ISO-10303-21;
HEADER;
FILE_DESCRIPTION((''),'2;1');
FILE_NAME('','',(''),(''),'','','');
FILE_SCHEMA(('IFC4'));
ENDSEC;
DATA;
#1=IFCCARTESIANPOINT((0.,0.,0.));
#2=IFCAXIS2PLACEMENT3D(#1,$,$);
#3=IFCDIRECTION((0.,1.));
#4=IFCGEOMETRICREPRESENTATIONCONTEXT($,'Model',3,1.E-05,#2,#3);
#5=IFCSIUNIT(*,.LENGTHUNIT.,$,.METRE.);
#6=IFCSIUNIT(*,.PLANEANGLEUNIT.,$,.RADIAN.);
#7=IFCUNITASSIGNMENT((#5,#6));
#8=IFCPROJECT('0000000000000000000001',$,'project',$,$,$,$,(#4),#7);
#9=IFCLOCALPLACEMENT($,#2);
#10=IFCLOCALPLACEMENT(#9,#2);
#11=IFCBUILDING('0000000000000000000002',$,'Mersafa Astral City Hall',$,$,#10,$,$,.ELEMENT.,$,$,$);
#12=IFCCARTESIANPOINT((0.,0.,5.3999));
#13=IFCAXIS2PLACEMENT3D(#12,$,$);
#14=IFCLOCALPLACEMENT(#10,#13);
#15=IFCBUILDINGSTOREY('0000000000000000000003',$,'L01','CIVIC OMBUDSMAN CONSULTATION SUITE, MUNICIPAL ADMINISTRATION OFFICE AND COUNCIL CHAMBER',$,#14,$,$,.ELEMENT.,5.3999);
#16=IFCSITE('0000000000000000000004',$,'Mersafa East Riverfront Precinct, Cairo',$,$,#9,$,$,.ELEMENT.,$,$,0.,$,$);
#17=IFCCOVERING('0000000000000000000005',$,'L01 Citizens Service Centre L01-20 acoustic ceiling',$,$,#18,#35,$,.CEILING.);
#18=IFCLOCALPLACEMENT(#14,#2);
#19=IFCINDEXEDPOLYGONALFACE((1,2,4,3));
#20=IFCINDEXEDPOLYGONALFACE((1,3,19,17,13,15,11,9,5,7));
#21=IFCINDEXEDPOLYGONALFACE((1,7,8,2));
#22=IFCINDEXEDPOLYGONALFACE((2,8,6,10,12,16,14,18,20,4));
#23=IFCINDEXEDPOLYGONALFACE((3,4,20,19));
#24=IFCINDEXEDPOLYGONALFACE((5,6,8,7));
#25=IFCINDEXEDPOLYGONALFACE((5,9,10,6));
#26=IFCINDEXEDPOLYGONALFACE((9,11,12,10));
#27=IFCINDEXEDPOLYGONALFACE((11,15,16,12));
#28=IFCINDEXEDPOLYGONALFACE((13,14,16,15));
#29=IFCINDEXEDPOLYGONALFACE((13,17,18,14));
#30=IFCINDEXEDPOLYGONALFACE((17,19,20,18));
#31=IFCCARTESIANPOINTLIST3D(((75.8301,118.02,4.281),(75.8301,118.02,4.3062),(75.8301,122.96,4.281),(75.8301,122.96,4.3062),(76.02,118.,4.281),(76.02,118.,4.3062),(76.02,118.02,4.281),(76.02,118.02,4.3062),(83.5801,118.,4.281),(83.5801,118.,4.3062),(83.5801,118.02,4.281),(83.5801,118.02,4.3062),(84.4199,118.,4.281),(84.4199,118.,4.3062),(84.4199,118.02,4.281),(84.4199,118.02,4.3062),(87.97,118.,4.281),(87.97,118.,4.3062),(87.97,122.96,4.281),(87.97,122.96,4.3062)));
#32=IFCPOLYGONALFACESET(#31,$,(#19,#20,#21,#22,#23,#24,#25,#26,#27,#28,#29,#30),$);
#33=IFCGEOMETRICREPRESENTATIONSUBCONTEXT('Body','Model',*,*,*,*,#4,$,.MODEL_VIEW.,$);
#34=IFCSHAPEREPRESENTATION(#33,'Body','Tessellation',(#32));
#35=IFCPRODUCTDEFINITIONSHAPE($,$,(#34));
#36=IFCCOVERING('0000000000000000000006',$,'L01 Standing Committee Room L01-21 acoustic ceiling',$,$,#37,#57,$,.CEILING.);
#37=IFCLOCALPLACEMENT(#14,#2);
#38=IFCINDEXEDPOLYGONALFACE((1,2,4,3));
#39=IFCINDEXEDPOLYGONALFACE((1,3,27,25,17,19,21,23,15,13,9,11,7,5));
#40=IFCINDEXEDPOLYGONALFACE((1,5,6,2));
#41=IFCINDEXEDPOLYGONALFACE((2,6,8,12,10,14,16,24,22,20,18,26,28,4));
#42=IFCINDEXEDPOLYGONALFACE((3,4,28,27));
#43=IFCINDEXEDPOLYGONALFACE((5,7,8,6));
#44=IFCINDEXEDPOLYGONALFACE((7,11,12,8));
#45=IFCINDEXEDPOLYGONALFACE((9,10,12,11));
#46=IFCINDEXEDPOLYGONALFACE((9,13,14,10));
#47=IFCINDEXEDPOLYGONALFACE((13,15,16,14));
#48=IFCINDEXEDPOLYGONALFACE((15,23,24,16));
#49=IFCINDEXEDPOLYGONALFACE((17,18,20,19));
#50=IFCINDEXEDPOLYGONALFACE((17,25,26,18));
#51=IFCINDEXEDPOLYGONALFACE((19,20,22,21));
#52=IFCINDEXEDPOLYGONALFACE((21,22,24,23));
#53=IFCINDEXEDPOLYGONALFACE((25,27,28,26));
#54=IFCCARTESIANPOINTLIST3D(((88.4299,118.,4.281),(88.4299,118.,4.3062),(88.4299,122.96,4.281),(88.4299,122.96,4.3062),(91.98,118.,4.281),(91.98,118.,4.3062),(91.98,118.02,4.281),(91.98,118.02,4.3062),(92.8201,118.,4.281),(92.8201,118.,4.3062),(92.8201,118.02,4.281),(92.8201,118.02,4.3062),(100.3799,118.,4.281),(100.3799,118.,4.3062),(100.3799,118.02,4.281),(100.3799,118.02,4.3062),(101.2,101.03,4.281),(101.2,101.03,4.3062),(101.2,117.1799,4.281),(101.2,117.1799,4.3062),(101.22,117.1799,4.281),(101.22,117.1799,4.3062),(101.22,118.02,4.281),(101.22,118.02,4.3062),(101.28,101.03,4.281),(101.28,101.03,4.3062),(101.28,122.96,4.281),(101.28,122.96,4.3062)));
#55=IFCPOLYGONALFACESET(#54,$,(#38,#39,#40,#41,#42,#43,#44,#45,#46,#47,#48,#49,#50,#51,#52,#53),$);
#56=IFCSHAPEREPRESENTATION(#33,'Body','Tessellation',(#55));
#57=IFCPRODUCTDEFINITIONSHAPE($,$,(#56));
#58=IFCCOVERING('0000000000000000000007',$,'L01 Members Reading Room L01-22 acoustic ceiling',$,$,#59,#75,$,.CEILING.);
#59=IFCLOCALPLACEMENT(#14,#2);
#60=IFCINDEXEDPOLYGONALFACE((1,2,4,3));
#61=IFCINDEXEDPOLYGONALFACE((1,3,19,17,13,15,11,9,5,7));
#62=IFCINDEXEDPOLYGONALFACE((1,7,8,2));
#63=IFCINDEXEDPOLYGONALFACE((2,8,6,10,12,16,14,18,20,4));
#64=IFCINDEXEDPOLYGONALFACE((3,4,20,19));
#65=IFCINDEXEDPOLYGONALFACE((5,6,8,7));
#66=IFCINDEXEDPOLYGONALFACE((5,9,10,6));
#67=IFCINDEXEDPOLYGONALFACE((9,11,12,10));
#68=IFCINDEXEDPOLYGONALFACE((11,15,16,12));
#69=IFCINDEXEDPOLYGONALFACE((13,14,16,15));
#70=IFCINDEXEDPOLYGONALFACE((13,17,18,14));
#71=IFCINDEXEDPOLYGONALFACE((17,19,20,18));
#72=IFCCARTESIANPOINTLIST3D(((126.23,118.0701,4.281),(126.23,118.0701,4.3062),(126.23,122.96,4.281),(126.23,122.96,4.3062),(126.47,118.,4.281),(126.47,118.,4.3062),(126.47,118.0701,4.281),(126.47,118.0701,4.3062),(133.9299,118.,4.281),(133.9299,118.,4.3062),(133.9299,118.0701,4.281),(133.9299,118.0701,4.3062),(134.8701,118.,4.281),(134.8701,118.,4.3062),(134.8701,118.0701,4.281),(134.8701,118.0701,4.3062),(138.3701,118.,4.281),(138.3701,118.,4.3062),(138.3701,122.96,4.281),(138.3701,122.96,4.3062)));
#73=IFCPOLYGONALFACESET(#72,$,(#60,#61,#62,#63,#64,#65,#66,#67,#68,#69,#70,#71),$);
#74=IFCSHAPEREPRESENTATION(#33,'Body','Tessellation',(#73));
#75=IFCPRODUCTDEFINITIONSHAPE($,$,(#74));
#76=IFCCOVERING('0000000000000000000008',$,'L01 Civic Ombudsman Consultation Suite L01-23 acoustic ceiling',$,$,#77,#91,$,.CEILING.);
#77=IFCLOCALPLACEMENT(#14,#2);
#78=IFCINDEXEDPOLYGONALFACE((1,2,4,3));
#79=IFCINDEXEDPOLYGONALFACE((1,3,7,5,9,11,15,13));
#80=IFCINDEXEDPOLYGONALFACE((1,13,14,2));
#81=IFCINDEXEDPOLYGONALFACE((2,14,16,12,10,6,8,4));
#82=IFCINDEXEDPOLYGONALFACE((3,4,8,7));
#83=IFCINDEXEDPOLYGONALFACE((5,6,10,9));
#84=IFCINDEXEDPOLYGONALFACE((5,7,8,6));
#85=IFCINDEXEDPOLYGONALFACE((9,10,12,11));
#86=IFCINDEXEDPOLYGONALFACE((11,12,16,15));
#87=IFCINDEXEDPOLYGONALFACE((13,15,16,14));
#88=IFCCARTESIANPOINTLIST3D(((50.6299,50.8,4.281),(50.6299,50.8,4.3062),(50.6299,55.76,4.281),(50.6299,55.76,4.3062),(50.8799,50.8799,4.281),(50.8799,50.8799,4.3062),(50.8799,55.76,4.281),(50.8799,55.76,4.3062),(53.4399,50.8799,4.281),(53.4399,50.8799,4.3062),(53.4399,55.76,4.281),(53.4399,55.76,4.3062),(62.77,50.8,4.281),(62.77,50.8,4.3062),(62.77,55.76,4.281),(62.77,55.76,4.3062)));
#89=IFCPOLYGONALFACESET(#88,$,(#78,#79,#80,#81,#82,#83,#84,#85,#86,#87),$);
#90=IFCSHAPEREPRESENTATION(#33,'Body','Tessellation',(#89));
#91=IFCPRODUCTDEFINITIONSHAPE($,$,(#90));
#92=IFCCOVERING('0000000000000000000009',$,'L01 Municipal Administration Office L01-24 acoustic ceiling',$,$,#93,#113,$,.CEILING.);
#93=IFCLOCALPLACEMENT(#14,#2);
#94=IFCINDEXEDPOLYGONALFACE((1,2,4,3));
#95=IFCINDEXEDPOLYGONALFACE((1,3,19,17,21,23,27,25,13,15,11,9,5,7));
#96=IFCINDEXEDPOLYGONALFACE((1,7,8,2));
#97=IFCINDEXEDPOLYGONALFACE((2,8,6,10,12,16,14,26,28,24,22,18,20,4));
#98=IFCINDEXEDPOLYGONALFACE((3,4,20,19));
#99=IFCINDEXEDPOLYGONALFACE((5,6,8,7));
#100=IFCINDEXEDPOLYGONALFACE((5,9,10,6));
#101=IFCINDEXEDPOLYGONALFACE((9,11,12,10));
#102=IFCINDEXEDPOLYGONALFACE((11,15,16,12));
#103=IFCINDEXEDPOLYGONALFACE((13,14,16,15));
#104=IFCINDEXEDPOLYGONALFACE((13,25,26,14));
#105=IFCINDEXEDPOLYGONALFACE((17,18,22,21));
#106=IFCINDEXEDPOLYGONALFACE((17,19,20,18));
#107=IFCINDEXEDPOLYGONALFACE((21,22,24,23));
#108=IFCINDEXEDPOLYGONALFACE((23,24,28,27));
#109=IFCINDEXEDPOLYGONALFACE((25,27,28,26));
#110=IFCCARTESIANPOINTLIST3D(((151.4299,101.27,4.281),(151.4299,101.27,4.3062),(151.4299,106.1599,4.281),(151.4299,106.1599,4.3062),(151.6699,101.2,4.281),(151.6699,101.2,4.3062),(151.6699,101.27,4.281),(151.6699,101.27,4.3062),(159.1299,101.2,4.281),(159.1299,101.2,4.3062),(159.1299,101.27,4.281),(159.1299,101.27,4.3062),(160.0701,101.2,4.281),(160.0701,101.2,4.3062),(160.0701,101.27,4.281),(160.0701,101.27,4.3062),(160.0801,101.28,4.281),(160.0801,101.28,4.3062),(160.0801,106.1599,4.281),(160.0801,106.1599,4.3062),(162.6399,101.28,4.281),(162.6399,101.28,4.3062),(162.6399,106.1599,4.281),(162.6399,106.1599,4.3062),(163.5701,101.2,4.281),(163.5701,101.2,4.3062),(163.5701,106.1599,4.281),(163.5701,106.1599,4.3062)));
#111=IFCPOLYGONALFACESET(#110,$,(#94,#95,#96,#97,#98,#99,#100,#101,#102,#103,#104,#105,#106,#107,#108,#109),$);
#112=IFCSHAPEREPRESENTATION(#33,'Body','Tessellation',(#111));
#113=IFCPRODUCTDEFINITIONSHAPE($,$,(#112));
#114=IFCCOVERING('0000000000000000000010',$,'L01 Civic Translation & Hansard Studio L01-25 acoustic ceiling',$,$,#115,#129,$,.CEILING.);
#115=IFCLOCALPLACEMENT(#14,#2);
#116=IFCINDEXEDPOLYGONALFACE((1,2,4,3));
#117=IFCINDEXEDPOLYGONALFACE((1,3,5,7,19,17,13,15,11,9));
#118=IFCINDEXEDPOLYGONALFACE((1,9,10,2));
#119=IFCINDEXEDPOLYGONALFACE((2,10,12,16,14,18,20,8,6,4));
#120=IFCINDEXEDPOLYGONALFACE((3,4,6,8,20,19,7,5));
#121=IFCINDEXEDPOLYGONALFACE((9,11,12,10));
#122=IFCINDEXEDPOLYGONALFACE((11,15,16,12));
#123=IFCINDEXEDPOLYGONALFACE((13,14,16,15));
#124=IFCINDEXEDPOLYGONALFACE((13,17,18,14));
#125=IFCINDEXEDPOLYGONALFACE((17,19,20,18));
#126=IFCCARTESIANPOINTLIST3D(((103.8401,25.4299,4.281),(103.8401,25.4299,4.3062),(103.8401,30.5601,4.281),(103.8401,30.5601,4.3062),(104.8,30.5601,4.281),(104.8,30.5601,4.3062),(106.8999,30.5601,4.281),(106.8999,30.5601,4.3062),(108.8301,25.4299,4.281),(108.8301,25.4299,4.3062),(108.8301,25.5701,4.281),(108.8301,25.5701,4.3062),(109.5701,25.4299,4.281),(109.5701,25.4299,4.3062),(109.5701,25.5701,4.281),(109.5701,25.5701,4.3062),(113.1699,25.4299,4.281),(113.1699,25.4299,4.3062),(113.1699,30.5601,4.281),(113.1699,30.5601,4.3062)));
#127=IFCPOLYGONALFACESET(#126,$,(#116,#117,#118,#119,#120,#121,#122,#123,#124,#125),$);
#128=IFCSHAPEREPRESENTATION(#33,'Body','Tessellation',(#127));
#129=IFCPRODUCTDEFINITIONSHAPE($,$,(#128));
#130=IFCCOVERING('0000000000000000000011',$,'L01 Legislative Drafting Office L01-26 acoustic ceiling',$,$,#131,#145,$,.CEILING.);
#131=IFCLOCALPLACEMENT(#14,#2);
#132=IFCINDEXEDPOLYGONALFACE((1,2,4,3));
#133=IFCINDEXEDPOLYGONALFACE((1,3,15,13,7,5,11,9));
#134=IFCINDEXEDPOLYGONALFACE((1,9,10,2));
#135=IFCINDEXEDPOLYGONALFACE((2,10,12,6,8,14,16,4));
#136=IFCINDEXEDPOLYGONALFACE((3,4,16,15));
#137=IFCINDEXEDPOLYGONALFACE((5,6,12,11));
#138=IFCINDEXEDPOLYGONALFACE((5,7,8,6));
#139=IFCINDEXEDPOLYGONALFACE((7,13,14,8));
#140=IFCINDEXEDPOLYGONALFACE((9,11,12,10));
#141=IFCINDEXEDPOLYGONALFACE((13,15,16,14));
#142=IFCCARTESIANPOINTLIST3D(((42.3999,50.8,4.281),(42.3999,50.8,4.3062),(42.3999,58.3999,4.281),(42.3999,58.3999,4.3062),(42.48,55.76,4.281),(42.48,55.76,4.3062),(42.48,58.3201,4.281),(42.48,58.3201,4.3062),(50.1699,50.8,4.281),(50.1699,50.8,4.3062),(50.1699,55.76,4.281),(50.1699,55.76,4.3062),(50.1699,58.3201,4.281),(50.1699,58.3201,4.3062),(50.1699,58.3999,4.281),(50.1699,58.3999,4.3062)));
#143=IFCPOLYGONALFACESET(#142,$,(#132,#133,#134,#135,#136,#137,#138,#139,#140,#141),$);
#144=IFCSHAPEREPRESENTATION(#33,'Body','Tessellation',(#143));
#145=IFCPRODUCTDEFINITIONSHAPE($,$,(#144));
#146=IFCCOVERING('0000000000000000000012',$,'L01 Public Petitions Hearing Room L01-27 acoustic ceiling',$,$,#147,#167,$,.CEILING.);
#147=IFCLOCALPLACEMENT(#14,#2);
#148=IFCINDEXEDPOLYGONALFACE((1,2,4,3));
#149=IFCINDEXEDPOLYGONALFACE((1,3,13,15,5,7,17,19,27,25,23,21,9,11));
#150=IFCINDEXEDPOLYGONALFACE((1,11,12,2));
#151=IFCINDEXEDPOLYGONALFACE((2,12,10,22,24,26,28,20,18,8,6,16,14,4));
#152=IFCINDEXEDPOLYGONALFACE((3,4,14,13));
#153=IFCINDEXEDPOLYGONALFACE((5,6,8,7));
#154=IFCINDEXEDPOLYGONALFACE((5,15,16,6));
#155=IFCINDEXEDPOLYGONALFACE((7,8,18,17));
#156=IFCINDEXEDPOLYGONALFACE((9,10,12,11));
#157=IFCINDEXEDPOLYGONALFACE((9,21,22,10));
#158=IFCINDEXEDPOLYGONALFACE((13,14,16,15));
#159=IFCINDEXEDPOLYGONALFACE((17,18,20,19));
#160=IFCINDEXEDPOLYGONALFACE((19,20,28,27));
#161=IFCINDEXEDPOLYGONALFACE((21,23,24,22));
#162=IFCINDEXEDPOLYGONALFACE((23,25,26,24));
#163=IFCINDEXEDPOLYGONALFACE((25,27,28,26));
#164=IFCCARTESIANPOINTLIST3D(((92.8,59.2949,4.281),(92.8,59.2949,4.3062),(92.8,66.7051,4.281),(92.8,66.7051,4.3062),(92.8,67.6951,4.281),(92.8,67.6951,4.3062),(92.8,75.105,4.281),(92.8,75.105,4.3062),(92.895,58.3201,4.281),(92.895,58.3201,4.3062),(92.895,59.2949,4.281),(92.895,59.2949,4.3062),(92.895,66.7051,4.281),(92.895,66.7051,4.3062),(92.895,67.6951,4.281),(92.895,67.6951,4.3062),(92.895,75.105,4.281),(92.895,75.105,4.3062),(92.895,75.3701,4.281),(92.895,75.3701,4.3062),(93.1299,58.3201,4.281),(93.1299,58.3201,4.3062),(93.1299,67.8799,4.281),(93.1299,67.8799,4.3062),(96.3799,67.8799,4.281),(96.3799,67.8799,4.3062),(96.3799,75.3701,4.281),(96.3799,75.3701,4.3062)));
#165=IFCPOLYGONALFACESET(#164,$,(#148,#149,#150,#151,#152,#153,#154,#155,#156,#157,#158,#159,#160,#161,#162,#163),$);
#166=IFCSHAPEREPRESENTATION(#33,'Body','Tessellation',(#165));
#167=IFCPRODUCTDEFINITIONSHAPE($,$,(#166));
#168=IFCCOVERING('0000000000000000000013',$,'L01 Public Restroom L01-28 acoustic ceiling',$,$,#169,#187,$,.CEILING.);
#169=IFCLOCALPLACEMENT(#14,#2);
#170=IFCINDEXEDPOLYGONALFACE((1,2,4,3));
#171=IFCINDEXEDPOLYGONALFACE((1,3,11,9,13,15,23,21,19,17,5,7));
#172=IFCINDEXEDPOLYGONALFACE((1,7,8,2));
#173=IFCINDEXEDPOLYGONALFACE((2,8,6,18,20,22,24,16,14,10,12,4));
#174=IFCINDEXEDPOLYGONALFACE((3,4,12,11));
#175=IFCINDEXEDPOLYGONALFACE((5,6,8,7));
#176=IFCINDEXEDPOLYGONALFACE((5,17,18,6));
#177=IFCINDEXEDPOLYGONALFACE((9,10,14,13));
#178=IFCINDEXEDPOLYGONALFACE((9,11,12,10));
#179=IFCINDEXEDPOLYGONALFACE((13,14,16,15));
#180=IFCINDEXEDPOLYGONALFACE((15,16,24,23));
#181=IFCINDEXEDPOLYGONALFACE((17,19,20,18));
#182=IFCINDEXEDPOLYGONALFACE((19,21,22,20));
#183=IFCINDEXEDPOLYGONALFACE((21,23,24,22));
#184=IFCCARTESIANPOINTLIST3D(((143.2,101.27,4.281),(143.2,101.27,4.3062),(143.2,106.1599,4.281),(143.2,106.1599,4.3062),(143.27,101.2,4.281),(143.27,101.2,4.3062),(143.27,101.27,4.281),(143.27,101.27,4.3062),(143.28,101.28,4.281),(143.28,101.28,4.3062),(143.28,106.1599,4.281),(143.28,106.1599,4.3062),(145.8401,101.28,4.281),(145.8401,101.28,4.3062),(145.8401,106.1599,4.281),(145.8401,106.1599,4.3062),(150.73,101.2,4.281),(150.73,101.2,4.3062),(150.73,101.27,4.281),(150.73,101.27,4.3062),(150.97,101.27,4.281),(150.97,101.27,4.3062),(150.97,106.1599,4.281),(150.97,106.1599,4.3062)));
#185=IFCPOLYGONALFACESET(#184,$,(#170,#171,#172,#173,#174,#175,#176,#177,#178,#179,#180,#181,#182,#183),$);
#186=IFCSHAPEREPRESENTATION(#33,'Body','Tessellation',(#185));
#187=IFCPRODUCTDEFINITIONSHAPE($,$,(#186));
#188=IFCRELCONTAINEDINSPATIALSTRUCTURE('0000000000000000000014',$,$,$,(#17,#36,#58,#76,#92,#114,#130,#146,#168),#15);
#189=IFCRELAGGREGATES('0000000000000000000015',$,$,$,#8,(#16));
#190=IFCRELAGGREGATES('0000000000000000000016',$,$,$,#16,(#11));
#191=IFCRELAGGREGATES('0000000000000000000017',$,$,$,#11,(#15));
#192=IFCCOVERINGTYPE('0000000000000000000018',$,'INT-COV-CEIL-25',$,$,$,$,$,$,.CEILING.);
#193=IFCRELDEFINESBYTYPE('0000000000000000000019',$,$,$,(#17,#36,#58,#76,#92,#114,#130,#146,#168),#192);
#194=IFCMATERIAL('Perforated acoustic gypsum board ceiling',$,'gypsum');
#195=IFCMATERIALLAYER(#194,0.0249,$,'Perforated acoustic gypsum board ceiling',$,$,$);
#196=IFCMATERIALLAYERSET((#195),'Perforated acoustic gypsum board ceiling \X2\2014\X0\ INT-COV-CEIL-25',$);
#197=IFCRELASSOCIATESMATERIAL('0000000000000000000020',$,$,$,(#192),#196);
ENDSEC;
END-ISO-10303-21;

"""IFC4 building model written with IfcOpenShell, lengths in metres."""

from ifc_helpers import new_model, si_unit, direction, frame, origin, place, context, subcontext, project, spatial, polyline, outline, extrude, material, layer, layer_set, type_object, element, save


model = new_model("IFC4")

# Units and contexts
model_context = context("Model", 3, precision=1e-05, world=origin(), true_north=direction((0.0, 1.0)))
body_context = subcontext(model_context, "Body", "Model", "MODEL_VIEW")
ifc_project = project(units=[si_unit("LENGTHUNIT", "METRE"), si_unit("PLANEANGLEUNIT", "RADIAN")], contexts=[model_context])

# Site, building, storey
site_placement = place(None, origin())
site = spatial("IfcSite", under=ifc_project, at=site_placement, Name="Mersafa East Riverfront Precinct, Cairo", CompositionType="ELEMENT", RefElevation=0.0)
building_placement = place(site_placement, origin())
building = spatial("IfcBuilding", under=site, at=building_placement, Name="Mersafa Astral City Hall", CompositionType="ELEMENT")
storey_placement = place(building_placement, frame((0.0, 0.0, 5.3999)))
storey = spatial("IfcBuildingStorey", under=building, at=storey_placement, Name="L01", Description="CIVIC OMBUDSMAN CONSULTATION SUITE, MUNICIPAL ADMINISTRATION OFFICE AND COUNCIL CHAMBER", CompositionType="ELEMENT", Elevation=5.3999)

# Coverings
ifc_material_1 = material(Name="Perforated acoustic gypsum board ceiling", Category="gypsum")
ifc_layer_1 = layer(ifc_material_1, 0.0249, Name="Perforated acoustic gypsum board ceiling")
ifc_layer_set_1 = layer_set([ifc_layer_1], Name="Perforated acoustic gypsum board ceiling — INT-COV-CEIL-25")
covering_type_1 = type_object("IfcCoveringType", Name="INT-COV-CEIL-25", PredefinedType="CEILING", material=ifc_layer_set_1)
covering_1_placement = place(storey_placement, frame((0.0, 0.0, 4.281)))
element("IfcCovering", 1, at=covering_1_placement, inside=storey, type_object=covering_type_1, Name="L01 Citizens Service Centre L01-20 acoustic ceiling", PredefinedType="CEILING", context=body_context, shape_type="SweptSolid", body=[
    extrude(outline(polyline([(87.97, 122.96), (87.97, 118.0), (84.4199, 118.0), (84.4199, 118.02), (83.5801, 118.02), (83.5801, 118.0), (76.02, 118.0), (76.02, 118.02), (75.8301, 118.02), (75.8301, 122.96), (87.97, 122.96)])), origin(), (0.0, 0.0, 1.0), 0.0251),
])
covering_2_placement = place(storey_placement, frame((0.0, 0.0, 4.281)))
element("IfcCovering", 2, at=covering_2_placement, inside=storey, type_object=covering_type_1, Name="L01 Standing Committee Room L01-21 acoustic ceiling", PredefinedType="CEILING", context=body_context, shape_type="SweptSolid", body=[
    extrude(outline(polyline([(101.28, 122.96), (101.28, 101.03), (101.2, 101.03), (101.2, 117.1799), (101.22, 117.1799), (101.22, 118.02), (100.3799, 118.02), (100.3799, 118.0), (92.8201, 118.0), (92.8201, 118.02), (91.98, 118.02), (91.98, 118.0), (88.4299, 118.0), (88.4299, 122.96), (101.28, 122.96)])), origin(), (0.0, 0.0, 1.0), 0.0251),
])
covering_3_placement = place(storey_placement, frame((0.0, 0.0, 4.281)))
element("IfcCovering", 3, at=covering_3_placement, inside=storey, type_object=covering_type_1, Name="L01 Members Reading Room L01-22 acoustic ceiling", PredefinedType="CEILING", context=body_context, shape_type="SweptSolid", body=[
    extrude(outline(polyline([(126.47, 118.0701), (126.23, 118.0701), (126.23, 122.96), (138.3701, 122.96), (138.3701, 118.0), (134.8701, 118.0), (134.8701, 118.0701), (133.9299, 118.0701), (133.9299, 118.0), (126.47, 118.0), (126.47, 118.0701)])), origin(), (0.0, 0.0, 1.0), 0.0251),
])
covering_4_placement = place(storey_placement, frame((0.0, 0.0, 4.281)))
element("IfcCovering", 4, at=covering_4_placement, inside=storey, type_object=covering_type_1, Name="L01 Civic Ombudsman Consultation Suite L01-23 acoustic ceiling", PredefinedType="CEILING", context=body_context, shape_type="SweptSolid", body=[
    extrude(outline(polyline([(50.8799, 55.76), (50.8799, 50.8799), (53.4399, 50.8799), (53.4399, 55.76), (62.77, 55.76), (62.77, 50.8), (50.6299, 50.8), (50.6299, 55.76), (50.8799, 55.76)])), origin(), (0.0, 0.0, 1.0), 0.0251),
])
covering_5_placement = place(storey_placement, frame((0.0, 0.0, 4.281)))
element("IfcCovering", 5, at=covering_5_placement, inside=storey, type_object=covering_type_1, Name="L01 Municipal Administration Office L01-24 acoustic ceiling", PredefinedType="CEILING", context=body_context, shape_type="SweptSolid", body=[
    extrude(outline(polyline([(160.0801, 106.1599), (160.0801, 101.28), (162.6399, 101.28), (162.6399, 106.1599), (163.5701, 106.1599), (163.5701, 101.2), (160.0701, 101.2), (160.0701, 101.27), (159.1299, 101.27), (159.1299, 101.2), (151.6699, 101.2), (151.6699, 101.27), (151.4299, 101.27), (151.4299, 106.1599), (160.0801, 106.1599)])), origin(), (0.0, 0.0, 1.0), 0.0251),
])
covering_6_placement = place(storey_placement, frame((0.0, 0.0, 4.281)))
element("IfcCovering", 6, at=covering_6_placement, inside=storey, type_object=covering_type_1, Name="L01 Civic Translation & Hansard Studio L01-25 acoustic ceiling", PredefinedType="CEILING", context=body_context, shape_type="SweptSolid", body=[
    extrude(outline(polyline([(106.8999, 30.5601), (113.1699, 30.5601), (113.1699, 25.4299), (109.5701, 25.4299), (109.5701, 25.5701), (108.8301, 25.5701), (108.8301, 25.4299), (103.8401, 25.4299), (103.8401, 30.5601), (104.8, 30.5601), (106.8999, 30.5601)])), origin(), (0.0, 0.0, 1.0), 0.0251),
])
covering_7_placement = place(storey_placement, frame((0.0, 0.0, 4.281)))
element("IfcCovering", 7, at=covering_7_placement, inside=storey, type_object=covering_type_1, Name="L01 Legislative Drafting Office L01-26 acoustic ceiling", PredefinedType="CEILING", context=body_context, shape_type="SweptSolid", body=[
    extrude(outline(polyline([(50.1699, 58.3999), (50.1699, 58.3201), (42.48, 58.3201), (42.48, 55.76), (50.1699, 55.76), (50.1699, 50.8), (42.3999, 50.8), (42.3999, 58.3999), (50.1699, 58.3999)])), origin(), (0.0, 0.0, 1.0), 0.0251),
])
covering_8_placement = place(storey_placement, frame((0.0, 0.0, 4.281)))
element("IfcCovering", 8, at=covering_8_placement, inside=storey, type_object=covering_type_1, Name="L01 Public Petitions Hearing Room L01-27 acoustic ceiling", PredefinedType="CEILING", context=body_context, shape_type="SweptSolid", body=[
    extrude(outline(polyline([(92.895, 59.2949), (92.8, 59.2949), (92.8, 66.7051), (92.895, 66.7051), (92.895, 67.6951), (92.8, 67.6951), (92.8, 75.105), (92.895, 75.105), (92.895, 75.3701), (96.3799, 75.3701), (96.3799, 67.8799), (93.1299, 67.8799), (93.1299, 58.3201), (92.895, 58.3201), (92.895, 59.2949)])), origin(), (0.0, 0.0, 1.0), 0.0251),
])
covering_9_placement = place(storey_placement, frame((0.0, 0.0, 4.281)))
element("IfcCovering", 9, at=covering_9_placement, inside=storey, type_object=covering_type_1, Name="L01 Public Restroom L01-28 acoustic ceiling", PredefinedType="CEILING", context=body_context, shape_type="SweptSolid", body=[
    extrude(outline(polyline([(143.27, 101.27), (143.2, 101.27), (143.2, 106.1599), (143.28, 106.1599), (143.28, 101.28), (145.8401, 101.28), (145.8401, 106.1599), (150.97, 106.1599), (150.97, 101.27), (150.73, 101.27), (150.73, 101.2), (143.27, 101.2), (143.27, 101.27)])), origin(), (0.0, 0.0, 1.0), 0.0251),
])

save(model, "model.ifc")
